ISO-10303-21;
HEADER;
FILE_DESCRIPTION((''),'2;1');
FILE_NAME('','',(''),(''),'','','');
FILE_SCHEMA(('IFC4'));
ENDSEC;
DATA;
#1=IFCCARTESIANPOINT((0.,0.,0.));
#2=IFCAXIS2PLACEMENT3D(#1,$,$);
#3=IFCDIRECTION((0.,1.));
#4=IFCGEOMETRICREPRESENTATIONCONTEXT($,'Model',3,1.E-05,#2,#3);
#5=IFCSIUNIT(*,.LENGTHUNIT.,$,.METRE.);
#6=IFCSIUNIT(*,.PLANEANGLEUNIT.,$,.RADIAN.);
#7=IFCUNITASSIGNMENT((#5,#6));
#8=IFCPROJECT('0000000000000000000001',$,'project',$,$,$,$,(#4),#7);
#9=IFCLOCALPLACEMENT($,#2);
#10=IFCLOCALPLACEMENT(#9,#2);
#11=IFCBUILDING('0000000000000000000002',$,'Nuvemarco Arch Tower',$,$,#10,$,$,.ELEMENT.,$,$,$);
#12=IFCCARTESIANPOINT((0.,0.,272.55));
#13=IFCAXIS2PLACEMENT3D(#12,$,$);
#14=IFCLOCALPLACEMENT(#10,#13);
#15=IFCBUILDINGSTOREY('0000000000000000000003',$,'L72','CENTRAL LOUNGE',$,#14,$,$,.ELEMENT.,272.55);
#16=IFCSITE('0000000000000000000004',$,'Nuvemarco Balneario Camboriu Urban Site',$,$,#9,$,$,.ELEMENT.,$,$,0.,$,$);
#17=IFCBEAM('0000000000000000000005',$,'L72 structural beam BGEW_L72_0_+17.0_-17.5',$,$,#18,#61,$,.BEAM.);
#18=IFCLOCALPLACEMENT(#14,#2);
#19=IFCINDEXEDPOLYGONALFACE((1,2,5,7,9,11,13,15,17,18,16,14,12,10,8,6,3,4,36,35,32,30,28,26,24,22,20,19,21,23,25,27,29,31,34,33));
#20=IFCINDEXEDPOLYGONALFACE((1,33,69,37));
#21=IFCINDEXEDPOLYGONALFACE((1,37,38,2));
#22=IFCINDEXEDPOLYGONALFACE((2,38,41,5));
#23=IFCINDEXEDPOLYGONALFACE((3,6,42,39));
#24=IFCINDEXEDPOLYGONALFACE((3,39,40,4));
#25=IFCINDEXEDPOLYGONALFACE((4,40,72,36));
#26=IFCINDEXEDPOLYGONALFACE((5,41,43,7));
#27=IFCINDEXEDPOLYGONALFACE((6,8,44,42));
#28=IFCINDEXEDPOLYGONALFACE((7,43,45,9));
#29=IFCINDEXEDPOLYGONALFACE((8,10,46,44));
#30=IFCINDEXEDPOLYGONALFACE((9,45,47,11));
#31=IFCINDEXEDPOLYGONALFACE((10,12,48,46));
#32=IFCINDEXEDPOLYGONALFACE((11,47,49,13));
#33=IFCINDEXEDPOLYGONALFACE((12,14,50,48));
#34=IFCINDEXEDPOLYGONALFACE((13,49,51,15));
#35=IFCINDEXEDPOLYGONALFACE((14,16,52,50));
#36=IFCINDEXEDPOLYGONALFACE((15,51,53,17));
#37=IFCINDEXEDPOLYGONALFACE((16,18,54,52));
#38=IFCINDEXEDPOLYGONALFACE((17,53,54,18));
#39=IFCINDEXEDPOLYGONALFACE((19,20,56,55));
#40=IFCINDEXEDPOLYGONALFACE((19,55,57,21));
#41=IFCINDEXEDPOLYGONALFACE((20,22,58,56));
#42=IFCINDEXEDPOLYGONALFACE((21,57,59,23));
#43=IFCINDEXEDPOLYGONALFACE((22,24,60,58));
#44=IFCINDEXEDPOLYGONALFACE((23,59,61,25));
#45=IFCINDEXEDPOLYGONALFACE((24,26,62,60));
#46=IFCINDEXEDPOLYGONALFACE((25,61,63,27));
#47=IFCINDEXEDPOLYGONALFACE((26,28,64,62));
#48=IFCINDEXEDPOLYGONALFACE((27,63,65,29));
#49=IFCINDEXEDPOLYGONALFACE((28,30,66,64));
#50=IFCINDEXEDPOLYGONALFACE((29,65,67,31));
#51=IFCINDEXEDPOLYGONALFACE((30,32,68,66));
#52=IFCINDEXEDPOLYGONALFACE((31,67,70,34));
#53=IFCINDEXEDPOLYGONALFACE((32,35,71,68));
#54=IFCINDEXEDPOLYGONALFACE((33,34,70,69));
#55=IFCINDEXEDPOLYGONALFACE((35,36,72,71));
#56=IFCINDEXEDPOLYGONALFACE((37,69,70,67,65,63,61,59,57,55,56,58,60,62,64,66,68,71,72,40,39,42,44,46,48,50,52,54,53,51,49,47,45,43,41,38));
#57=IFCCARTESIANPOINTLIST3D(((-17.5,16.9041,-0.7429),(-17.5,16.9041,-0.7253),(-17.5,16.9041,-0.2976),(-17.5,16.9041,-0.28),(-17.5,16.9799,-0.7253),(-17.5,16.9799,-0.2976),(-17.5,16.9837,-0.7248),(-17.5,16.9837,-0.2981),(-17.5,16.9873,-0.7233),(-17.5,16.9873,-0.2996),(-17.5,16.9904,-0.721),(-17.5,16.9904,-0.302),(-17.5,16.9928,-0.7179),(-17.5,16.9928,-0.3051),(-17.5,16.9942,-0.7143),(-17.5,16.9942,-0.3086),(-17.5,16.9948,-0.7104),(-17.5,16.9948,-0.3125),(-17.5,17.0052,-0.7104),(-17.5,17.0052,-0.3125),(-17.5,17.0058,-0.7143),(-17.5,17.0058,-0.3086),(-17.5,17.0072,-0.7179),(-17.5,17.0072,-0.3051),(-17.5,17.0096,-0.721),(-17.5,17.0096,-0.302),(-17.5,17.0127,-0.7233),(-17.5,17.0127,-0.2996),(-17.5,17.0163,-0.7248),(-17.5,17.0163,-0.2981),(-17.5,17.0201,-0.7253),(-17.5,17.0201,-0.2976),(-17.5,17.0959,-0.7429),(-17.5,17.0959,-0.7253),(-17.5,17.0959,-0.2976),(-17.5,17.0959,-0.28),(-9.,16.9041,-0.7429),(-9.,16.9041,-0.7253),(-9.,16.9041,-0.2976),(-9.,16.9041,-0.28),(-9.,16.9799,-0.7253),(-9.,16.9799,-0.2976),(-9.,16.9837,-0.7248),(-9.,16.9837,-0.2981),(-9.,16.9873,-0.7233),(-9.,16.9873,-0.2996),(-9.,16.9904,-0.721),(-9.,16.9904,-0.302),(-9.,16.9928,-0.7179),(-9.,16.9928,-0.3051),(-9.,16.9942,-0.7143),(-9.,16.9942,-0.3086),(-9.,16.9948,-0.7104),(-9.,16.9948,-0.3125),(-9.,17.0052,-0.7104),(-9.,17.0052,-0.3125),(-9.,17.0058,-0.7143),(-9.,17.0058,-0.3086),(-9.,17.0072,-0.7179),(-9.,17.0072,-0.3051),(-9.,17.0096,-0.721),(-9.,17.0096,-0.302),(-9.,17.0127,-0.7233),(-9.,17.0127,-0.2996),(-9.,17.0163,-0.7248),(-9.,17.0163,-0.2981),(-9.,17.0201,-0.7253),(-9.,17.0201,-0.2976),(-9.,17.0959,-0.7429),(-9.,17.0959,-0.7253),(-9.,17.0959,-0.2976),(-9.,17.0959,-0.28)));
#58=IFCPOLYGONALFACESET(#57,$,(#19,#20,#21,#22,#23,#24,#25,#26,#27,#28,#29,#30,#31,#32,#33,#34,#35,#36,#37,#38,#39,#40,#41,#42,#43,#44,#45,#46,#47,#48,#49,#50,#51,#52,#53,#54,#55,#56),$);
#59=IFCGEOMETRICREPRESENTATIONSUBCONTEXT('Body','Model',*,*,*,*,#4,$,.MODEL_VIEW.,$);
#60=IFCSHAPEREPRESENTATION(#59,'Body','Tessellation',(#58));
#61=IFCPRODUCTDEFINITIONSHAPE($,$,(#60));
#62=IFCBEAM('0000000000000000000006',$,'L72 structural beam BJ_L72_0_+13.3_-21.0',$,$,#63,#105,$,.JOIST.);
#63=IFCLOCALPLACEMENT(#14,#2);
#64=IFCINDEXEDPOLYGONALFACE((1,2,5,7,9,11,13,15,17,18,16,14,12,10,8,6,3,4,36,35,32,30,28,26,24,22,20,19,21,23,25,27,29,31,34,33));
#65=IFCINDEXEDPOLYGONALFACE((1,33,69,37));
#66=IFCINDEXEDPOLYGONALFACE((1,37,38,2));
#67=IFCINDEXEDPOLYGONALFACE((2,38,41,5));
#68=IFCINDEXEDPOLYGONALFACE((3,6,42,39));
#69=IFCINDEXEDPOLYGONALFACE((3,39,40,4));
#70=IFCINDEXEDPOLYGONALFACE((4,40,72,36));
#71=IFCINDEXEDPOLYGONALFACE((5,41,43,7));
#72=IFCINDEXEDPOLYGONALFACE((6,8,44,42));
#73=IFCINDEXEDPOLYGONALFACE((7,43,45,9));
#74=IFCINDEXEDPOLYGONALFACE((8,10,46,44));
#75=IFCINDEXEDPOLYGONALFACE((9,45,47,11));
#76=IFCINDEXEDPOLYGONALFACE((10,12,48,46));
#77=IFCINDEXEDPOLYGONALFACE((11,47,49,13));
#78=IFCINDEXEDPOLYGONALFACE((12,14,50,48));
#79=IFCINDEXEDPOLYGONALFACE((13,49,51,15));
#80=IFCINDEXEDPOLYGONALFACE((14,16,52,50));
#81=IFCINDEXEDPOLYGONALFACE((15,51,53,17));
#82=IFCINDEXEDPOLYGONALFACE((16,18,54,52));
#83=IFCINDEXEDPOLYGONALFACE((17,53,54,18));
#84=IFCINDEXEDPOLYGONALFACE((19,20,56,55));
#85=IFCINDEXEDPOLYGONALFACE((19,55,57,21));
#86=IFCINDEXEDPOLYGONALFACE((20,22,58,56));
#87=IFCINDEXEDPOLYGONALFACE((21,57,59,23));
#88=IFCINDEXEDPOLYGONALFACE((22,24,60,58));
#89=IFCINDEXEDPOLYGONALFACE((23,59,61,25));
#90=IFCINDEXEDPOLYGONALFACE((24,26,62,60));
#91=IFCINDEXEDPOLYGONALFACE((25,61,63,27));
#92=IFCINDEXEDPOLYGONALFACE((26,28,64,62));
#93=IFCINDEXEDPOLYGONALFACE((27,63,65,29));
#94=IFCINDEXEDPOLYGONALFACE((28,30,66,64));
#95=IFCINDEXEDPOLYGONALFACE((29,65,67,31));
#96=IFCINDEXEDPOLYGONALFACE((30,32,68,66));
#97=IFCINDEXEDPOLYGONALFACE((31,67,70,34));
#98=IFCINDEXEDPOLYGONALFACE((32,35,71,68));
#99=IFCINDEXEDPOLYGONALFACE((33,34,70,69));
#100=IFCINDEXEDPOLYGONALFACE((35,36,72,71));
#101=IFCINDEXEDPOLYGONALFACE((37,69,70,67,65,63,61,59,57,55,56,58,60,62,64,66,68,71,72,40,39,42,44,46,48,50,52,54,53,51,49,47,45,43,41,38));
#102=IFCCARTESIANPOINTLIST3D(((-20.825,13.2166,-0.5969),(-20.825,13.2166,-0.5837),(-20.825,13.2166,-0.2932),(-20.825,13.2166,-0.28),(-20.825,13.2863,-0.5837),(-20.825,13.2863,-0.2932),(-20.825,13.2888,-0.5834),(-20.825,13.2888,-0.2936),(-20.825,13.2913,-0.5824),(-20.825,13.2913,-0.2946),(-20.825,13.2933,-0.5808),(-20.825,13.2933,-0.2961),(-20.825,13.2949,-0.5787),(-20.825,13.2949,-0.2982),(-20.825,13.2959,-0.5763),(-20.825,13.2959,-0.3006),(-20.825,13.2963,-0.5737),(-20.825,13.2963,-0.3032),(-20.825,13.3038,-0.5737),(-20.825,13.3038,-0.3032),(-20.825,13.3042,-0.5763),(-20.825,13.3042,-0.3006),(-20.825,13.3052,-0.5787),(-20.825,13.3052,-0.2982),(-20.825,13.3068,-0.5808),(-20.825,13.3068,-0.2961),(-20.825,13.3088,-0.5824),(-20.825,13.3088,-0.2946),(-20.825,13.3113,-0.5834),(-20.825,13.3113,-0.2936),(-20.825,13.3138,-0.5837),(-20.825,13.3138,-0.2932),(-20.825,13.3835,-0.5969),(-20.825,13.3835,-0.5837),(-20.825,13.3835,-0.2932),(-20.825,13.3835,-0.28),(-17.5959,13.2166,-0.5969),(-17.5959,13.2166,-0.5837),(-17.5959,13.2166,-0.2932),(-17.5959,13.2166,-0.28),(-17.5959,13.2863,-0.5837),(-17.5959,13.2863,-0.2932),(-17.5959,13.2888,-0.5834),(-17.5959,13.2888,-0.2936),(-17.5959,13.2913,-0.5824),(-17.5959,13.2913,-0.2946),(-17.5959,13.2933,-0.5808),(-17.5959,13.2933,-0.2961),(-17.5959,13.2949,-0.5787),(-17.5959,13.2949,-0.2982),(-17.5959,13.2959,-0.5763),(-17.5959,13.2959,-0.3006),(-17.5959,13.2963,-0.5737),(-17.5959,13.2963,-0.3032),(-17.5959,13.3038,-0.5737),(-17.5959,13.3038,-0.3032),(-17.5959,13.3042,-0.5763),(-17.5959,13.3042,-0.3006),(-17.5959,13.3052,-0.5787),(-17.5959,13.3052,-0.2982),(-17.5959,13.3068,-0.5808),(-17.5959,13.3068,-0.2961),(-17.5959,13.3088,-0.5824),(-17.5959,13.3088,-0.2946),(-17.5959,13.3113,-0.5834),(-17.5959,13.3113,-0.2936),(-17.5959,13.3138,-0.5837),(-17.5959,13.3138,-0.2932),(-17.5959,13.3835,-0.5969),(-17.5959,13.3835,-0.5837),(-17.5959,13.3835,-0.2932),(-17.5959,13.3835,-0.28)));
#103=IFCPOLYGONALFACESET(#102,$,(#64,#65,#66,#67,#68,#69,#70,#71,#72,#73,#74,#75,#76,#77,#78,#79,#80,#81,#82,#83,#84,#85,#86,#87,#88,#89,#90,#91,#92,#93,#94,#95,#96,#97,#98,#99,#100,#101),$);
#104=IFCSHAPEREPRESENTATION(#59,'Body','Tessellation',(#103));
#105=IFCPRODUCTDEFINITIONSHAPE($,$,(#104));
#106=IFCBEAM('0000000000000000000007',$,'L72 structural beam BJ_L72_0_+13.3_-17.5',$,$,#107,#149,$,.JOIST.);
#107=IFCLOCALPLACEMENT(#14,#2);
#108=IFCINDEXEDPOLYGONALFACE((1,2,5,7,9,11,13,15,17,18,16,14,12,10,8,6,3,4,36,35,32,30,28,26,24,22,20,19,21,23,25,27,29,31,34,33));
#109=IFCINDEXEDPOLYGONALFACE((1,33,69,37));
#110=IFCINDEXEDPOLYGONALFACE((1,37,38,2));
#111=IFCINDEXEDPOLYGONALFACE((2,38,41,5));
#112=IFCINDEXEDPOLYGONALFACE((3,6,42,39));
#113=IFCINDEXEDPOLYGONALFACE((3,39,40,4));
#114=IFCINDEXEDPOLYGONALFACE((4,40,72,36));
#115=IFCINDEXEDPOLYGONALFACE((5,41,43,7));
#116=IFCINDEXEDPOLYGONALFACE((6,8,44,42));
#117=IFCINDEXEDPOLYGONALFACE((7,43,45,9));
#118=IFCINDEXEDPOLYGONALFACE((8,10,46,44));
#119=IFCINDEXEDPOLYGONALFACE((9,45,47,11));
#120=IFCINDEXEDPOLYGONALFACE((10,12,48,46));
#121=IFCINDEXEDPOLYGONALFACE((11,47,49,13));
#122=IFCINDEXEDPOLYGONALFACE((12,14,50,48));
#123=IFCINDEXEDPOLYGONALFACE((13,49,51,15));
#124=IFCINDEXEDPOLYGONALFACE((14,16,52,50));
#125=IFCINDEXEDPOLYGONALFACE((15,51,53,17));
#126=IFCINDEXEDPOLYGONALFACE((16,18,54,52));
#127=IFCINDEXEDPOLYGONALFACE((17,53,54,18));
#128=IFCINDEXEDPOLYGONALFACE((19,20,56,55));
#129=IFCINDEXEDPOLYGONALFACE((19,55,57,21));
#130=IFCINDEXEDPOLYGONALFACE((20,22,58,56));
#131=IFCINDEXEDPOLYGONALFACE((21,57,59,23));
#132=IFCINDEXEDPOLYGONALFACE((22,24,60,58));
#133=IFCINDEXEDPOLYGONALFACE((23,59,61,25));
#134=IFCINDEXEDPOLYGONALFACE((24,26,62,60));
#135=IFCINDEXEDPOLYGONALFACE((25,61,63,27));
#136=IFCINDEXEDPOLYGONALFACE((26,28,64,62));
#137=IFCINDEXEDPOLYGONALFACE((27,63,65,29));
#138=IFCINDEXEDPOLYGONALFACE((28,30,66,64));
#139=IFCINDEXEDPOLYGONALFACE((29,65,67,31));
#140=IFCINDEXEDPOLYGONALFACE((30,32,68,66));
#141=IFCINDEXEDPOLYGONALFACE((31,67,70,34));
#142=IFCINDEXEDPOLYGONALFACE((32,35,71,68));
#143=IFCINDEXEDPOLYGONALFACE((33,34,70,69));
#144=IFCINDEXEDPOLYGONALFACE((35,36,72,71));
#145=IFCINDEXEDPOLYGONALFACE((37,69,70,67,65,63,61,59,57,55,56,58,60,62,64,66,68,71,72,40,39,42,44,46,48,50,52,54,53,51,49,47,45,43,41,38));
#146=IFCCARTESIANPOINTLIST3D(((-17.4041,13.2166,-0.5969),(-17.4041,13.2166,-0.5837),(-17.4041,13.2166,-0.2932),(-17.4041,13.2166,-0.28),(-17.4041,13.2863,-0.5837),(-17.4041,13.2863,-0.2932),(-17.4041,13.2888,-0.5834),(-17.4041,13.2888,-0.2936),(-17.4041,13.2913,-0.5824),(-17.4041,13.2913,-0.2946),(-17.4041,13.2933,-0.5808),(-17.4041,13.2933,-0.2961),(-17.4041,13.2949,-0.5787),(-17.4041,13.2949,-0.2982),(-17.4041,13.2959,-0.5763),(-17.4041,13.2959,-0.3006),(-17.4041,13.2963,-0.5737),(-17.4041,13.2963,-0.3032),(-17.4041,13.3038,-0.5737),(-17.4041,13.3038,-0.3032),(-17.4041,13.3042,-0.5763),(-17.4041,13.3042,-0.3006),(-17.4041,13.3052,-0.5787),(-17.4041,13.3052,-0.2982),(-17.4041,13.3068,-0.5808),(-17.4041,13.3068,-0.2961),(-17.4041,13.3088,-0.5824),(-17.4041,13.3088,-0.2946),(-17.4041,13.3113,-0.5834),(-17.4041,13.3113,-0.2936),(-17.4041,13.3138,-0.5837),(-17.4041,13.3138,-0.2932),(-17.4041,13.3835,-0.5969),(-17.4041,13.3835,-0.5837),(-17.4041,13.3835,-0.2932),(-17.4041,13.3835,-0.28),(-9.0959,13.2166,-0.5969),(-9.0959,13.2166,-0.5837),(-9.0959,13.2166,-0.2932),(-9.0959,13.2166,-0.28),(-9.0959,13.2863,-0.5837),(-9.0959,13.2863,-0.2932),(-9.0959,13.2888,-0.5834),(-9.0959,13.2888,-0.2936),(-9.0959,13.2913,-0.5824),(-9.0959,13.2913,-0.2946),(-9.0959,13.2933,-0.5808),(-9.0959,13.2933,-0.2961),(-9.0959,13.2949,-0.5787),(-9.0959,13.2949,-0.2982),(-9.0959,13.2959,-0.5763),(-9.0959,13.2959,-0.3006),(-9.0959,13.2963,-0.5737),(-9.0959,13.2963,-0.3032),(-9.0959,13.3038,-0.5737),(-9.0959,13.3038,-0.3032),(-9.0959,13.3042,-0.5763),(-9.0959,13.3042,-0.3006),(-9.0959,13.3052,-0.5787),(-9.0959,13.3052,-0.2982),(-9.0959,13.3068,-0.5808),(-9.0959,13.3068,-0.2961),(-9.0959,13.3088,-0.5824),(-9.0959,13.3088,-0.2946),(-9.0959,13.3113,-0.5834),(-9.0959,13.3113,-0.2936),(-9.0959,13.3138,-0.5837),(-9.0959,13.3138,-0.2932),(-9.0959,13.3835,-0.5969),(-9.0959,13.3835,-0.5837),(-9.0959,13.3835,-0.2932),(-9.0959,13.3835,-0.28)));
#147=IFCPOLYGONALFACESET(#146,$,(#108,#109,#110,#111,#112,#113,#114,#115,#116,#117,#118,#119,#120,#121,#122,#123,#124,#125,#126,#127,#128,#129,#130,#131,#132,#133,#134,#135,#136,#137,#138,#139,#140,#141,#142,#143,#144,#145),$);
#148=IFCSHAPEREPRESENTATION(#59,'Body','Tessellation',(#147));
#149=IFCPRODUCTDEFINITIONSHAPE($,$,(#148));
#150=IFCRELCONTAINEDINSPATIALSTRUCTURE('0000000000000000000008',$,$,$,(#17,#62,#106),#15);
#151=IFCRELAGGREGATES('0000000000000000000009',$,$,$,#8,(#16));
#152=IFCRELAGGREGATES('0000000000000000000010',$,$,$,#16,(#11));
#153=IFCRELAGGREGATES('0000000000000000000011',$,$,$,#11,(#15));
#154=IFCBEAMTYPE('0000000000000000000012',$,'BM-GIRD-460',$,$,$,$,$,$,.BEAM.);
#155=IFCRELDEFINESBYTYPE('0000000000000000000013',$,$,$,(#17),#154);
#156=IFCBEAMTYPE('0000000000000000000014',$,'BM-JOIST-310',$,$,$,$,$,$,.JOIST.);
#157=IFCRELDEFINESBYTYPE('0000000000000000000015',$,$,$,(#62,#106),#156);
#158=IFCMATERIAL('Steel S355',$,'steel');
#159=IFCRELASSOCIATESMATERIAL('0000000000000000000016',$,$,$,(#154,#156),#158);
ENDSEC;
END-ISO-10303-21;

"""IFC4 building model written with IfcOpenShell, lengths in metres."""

from ifc_helpers import new_model, si_unit, direction, frame, origin, origin_2d, place, context, subcontext, project, spatial, i_section, extrude, material, material_profile, profile_set, type_object, element, save


model = new_model("IFC4")

# Units and contexts
model_context = context("Model", 3, precision=1e-05, world=origin(), true_north=direction((0.0, 1.0)))
body_context = subcontext(model_context, "Body", "Model", "MODEL_VIEW")
ifc_project = project(units=[si_unit("LENGTHUNIT", "METRE"), si_unit("PLANEANGLEUNIT", "RADIAN")], contexts=[model_context])

# Site, building, storey
site_placement = place(None, origin())
site = spatial("IfcSite", under=ifc_project, at=site_placement, Name="Nuvemarco Balneario Camboriu Urban Site", CompositionType="ELEMENT", RefElevation=0.0)
building_placement = place(site_placement, origin())
building = spatial("IfcBuilding", under=site, at=building_placement, Name="Nuvemarco Arch Tower", CompositionType="ELEMENT")
storey_placement = place(building_placement, frame((0.0, 0.0, 272.55)))
storey = spatial("IfcBuildingStorey", under=building, at=storey_placement, Name="L72", Description="CENTRAL LOUNGE", CompositionType="ELEMENT", Elevation=272.55)

# Shared definitions
ifc_material_1 = material(Name="Steel S355", Category="steel")

# Beams
ifc_material_profile_1 = material_profile(ifc_material_1, i_section(OverallWidth=0.1919, OverallDepth=0.4629, WebThickness=0.0105, FlangeThickness=0.0176, FilletRadius=0.0149, at=origin_2d()), Name="W460x89")
ifc_profile_set_1 = profile_set([ifc_material_profile_1], Name="Steel S355")
beam_type_1 = type_object("IfcBeamType", Name="BM-GIRD-460", PredefinedType="BEAM", material=ifc_profile_set_1)
beam_1_placement = place(storey_placement, frame((-17.5, 17.0, -0.5115), z_axis=(1.0, 0.0, 0.0), x_axis=(0.0, 1.0, 0.0)))
element("IfcBeam", 1, at=beam_1_placement, inside=storey, type_object=beam_type_1, Name="L72 structural beam BGEW_L72_0_+17.0_-17.5", PredefinedType="BEAM", context=body_context, shape_type="SweptSolid", body=[
    extrude(i_section(OverallWidth=0.1919, OverallDepth=0.4629, WebThickness=0.0105, FlangeThickness=0.0176, FilletRadius=0.0149, at=origin_2d()), origin(), (0.0, 0.0, 1.0), 8.5),
])
ifc_material_profile_2 = material_profile(ifc_material_1, i_section(OverallWidth=0.167, OverallDepth=0.3169, WebThickness=0.0076, FlangeThickness=0.0132, FilletRadius=0.01, at=origin_2d()), Name="W310x52")
ifc_profile_set_2 = profile_set([ifc_material_profile_2], Name="Steel S355")
beam_type_2 = type_object("IfcBeamType", Name="BM-JOIST-310", PredefinedType="JOIST", material=ifc_profile_set_2)
beam_2_placement = place(storey_placement, frame((-20.825, 13.3, -0.4385), z_axis=(1.0, 0.0, 0.0), x_axis=(0.0, 1.0, 0.0)))
element("IfcBeam", 2, at=beam_2_placement, inside=storey, type_object=beam_type_2, Name="L72 structural beam BJ_L72_0_+13.3_-21.0", PredefinedType="JOIST", context=body_context, shape_type="SweptSolid", body=[
    extrude(i_section(OverallWidth=0.167, OverallDepth=0.3169, WebThickness=0.0076, FlangeThickness=0.0132, FilletRadius=0.01, at=origin_2d()), origin(), (0.0, 0.0, 1.0), 3.229),
])
beam_3_placement = place(storey_placement, frame((-17.4041, 13.3, -0.4385), z_axis=(1.0, 0.0, 0.0), x_axis=(0.0, 1.0, 0.0)))
element("IfcBeam", 3, at=beam_3_placement, inside=storey, type_object=beam_type_2, Name="L72 structural beam BJ_L72_0_+13.3_-17.5", PredefinedType="JOIST", context=body_context, shape_type="SweptSolid", body=[
    extrude(i_section(OverallWidth=0.167, OverallDepth=0.3169, WebThickness=0.0076, FlangeThickness=0.0132, FilletRadius=0.01, at=origin_2d()), origin(), (0.0, 0.0, 1.0), 8.3081),
])

save(model, "model.ifc")
